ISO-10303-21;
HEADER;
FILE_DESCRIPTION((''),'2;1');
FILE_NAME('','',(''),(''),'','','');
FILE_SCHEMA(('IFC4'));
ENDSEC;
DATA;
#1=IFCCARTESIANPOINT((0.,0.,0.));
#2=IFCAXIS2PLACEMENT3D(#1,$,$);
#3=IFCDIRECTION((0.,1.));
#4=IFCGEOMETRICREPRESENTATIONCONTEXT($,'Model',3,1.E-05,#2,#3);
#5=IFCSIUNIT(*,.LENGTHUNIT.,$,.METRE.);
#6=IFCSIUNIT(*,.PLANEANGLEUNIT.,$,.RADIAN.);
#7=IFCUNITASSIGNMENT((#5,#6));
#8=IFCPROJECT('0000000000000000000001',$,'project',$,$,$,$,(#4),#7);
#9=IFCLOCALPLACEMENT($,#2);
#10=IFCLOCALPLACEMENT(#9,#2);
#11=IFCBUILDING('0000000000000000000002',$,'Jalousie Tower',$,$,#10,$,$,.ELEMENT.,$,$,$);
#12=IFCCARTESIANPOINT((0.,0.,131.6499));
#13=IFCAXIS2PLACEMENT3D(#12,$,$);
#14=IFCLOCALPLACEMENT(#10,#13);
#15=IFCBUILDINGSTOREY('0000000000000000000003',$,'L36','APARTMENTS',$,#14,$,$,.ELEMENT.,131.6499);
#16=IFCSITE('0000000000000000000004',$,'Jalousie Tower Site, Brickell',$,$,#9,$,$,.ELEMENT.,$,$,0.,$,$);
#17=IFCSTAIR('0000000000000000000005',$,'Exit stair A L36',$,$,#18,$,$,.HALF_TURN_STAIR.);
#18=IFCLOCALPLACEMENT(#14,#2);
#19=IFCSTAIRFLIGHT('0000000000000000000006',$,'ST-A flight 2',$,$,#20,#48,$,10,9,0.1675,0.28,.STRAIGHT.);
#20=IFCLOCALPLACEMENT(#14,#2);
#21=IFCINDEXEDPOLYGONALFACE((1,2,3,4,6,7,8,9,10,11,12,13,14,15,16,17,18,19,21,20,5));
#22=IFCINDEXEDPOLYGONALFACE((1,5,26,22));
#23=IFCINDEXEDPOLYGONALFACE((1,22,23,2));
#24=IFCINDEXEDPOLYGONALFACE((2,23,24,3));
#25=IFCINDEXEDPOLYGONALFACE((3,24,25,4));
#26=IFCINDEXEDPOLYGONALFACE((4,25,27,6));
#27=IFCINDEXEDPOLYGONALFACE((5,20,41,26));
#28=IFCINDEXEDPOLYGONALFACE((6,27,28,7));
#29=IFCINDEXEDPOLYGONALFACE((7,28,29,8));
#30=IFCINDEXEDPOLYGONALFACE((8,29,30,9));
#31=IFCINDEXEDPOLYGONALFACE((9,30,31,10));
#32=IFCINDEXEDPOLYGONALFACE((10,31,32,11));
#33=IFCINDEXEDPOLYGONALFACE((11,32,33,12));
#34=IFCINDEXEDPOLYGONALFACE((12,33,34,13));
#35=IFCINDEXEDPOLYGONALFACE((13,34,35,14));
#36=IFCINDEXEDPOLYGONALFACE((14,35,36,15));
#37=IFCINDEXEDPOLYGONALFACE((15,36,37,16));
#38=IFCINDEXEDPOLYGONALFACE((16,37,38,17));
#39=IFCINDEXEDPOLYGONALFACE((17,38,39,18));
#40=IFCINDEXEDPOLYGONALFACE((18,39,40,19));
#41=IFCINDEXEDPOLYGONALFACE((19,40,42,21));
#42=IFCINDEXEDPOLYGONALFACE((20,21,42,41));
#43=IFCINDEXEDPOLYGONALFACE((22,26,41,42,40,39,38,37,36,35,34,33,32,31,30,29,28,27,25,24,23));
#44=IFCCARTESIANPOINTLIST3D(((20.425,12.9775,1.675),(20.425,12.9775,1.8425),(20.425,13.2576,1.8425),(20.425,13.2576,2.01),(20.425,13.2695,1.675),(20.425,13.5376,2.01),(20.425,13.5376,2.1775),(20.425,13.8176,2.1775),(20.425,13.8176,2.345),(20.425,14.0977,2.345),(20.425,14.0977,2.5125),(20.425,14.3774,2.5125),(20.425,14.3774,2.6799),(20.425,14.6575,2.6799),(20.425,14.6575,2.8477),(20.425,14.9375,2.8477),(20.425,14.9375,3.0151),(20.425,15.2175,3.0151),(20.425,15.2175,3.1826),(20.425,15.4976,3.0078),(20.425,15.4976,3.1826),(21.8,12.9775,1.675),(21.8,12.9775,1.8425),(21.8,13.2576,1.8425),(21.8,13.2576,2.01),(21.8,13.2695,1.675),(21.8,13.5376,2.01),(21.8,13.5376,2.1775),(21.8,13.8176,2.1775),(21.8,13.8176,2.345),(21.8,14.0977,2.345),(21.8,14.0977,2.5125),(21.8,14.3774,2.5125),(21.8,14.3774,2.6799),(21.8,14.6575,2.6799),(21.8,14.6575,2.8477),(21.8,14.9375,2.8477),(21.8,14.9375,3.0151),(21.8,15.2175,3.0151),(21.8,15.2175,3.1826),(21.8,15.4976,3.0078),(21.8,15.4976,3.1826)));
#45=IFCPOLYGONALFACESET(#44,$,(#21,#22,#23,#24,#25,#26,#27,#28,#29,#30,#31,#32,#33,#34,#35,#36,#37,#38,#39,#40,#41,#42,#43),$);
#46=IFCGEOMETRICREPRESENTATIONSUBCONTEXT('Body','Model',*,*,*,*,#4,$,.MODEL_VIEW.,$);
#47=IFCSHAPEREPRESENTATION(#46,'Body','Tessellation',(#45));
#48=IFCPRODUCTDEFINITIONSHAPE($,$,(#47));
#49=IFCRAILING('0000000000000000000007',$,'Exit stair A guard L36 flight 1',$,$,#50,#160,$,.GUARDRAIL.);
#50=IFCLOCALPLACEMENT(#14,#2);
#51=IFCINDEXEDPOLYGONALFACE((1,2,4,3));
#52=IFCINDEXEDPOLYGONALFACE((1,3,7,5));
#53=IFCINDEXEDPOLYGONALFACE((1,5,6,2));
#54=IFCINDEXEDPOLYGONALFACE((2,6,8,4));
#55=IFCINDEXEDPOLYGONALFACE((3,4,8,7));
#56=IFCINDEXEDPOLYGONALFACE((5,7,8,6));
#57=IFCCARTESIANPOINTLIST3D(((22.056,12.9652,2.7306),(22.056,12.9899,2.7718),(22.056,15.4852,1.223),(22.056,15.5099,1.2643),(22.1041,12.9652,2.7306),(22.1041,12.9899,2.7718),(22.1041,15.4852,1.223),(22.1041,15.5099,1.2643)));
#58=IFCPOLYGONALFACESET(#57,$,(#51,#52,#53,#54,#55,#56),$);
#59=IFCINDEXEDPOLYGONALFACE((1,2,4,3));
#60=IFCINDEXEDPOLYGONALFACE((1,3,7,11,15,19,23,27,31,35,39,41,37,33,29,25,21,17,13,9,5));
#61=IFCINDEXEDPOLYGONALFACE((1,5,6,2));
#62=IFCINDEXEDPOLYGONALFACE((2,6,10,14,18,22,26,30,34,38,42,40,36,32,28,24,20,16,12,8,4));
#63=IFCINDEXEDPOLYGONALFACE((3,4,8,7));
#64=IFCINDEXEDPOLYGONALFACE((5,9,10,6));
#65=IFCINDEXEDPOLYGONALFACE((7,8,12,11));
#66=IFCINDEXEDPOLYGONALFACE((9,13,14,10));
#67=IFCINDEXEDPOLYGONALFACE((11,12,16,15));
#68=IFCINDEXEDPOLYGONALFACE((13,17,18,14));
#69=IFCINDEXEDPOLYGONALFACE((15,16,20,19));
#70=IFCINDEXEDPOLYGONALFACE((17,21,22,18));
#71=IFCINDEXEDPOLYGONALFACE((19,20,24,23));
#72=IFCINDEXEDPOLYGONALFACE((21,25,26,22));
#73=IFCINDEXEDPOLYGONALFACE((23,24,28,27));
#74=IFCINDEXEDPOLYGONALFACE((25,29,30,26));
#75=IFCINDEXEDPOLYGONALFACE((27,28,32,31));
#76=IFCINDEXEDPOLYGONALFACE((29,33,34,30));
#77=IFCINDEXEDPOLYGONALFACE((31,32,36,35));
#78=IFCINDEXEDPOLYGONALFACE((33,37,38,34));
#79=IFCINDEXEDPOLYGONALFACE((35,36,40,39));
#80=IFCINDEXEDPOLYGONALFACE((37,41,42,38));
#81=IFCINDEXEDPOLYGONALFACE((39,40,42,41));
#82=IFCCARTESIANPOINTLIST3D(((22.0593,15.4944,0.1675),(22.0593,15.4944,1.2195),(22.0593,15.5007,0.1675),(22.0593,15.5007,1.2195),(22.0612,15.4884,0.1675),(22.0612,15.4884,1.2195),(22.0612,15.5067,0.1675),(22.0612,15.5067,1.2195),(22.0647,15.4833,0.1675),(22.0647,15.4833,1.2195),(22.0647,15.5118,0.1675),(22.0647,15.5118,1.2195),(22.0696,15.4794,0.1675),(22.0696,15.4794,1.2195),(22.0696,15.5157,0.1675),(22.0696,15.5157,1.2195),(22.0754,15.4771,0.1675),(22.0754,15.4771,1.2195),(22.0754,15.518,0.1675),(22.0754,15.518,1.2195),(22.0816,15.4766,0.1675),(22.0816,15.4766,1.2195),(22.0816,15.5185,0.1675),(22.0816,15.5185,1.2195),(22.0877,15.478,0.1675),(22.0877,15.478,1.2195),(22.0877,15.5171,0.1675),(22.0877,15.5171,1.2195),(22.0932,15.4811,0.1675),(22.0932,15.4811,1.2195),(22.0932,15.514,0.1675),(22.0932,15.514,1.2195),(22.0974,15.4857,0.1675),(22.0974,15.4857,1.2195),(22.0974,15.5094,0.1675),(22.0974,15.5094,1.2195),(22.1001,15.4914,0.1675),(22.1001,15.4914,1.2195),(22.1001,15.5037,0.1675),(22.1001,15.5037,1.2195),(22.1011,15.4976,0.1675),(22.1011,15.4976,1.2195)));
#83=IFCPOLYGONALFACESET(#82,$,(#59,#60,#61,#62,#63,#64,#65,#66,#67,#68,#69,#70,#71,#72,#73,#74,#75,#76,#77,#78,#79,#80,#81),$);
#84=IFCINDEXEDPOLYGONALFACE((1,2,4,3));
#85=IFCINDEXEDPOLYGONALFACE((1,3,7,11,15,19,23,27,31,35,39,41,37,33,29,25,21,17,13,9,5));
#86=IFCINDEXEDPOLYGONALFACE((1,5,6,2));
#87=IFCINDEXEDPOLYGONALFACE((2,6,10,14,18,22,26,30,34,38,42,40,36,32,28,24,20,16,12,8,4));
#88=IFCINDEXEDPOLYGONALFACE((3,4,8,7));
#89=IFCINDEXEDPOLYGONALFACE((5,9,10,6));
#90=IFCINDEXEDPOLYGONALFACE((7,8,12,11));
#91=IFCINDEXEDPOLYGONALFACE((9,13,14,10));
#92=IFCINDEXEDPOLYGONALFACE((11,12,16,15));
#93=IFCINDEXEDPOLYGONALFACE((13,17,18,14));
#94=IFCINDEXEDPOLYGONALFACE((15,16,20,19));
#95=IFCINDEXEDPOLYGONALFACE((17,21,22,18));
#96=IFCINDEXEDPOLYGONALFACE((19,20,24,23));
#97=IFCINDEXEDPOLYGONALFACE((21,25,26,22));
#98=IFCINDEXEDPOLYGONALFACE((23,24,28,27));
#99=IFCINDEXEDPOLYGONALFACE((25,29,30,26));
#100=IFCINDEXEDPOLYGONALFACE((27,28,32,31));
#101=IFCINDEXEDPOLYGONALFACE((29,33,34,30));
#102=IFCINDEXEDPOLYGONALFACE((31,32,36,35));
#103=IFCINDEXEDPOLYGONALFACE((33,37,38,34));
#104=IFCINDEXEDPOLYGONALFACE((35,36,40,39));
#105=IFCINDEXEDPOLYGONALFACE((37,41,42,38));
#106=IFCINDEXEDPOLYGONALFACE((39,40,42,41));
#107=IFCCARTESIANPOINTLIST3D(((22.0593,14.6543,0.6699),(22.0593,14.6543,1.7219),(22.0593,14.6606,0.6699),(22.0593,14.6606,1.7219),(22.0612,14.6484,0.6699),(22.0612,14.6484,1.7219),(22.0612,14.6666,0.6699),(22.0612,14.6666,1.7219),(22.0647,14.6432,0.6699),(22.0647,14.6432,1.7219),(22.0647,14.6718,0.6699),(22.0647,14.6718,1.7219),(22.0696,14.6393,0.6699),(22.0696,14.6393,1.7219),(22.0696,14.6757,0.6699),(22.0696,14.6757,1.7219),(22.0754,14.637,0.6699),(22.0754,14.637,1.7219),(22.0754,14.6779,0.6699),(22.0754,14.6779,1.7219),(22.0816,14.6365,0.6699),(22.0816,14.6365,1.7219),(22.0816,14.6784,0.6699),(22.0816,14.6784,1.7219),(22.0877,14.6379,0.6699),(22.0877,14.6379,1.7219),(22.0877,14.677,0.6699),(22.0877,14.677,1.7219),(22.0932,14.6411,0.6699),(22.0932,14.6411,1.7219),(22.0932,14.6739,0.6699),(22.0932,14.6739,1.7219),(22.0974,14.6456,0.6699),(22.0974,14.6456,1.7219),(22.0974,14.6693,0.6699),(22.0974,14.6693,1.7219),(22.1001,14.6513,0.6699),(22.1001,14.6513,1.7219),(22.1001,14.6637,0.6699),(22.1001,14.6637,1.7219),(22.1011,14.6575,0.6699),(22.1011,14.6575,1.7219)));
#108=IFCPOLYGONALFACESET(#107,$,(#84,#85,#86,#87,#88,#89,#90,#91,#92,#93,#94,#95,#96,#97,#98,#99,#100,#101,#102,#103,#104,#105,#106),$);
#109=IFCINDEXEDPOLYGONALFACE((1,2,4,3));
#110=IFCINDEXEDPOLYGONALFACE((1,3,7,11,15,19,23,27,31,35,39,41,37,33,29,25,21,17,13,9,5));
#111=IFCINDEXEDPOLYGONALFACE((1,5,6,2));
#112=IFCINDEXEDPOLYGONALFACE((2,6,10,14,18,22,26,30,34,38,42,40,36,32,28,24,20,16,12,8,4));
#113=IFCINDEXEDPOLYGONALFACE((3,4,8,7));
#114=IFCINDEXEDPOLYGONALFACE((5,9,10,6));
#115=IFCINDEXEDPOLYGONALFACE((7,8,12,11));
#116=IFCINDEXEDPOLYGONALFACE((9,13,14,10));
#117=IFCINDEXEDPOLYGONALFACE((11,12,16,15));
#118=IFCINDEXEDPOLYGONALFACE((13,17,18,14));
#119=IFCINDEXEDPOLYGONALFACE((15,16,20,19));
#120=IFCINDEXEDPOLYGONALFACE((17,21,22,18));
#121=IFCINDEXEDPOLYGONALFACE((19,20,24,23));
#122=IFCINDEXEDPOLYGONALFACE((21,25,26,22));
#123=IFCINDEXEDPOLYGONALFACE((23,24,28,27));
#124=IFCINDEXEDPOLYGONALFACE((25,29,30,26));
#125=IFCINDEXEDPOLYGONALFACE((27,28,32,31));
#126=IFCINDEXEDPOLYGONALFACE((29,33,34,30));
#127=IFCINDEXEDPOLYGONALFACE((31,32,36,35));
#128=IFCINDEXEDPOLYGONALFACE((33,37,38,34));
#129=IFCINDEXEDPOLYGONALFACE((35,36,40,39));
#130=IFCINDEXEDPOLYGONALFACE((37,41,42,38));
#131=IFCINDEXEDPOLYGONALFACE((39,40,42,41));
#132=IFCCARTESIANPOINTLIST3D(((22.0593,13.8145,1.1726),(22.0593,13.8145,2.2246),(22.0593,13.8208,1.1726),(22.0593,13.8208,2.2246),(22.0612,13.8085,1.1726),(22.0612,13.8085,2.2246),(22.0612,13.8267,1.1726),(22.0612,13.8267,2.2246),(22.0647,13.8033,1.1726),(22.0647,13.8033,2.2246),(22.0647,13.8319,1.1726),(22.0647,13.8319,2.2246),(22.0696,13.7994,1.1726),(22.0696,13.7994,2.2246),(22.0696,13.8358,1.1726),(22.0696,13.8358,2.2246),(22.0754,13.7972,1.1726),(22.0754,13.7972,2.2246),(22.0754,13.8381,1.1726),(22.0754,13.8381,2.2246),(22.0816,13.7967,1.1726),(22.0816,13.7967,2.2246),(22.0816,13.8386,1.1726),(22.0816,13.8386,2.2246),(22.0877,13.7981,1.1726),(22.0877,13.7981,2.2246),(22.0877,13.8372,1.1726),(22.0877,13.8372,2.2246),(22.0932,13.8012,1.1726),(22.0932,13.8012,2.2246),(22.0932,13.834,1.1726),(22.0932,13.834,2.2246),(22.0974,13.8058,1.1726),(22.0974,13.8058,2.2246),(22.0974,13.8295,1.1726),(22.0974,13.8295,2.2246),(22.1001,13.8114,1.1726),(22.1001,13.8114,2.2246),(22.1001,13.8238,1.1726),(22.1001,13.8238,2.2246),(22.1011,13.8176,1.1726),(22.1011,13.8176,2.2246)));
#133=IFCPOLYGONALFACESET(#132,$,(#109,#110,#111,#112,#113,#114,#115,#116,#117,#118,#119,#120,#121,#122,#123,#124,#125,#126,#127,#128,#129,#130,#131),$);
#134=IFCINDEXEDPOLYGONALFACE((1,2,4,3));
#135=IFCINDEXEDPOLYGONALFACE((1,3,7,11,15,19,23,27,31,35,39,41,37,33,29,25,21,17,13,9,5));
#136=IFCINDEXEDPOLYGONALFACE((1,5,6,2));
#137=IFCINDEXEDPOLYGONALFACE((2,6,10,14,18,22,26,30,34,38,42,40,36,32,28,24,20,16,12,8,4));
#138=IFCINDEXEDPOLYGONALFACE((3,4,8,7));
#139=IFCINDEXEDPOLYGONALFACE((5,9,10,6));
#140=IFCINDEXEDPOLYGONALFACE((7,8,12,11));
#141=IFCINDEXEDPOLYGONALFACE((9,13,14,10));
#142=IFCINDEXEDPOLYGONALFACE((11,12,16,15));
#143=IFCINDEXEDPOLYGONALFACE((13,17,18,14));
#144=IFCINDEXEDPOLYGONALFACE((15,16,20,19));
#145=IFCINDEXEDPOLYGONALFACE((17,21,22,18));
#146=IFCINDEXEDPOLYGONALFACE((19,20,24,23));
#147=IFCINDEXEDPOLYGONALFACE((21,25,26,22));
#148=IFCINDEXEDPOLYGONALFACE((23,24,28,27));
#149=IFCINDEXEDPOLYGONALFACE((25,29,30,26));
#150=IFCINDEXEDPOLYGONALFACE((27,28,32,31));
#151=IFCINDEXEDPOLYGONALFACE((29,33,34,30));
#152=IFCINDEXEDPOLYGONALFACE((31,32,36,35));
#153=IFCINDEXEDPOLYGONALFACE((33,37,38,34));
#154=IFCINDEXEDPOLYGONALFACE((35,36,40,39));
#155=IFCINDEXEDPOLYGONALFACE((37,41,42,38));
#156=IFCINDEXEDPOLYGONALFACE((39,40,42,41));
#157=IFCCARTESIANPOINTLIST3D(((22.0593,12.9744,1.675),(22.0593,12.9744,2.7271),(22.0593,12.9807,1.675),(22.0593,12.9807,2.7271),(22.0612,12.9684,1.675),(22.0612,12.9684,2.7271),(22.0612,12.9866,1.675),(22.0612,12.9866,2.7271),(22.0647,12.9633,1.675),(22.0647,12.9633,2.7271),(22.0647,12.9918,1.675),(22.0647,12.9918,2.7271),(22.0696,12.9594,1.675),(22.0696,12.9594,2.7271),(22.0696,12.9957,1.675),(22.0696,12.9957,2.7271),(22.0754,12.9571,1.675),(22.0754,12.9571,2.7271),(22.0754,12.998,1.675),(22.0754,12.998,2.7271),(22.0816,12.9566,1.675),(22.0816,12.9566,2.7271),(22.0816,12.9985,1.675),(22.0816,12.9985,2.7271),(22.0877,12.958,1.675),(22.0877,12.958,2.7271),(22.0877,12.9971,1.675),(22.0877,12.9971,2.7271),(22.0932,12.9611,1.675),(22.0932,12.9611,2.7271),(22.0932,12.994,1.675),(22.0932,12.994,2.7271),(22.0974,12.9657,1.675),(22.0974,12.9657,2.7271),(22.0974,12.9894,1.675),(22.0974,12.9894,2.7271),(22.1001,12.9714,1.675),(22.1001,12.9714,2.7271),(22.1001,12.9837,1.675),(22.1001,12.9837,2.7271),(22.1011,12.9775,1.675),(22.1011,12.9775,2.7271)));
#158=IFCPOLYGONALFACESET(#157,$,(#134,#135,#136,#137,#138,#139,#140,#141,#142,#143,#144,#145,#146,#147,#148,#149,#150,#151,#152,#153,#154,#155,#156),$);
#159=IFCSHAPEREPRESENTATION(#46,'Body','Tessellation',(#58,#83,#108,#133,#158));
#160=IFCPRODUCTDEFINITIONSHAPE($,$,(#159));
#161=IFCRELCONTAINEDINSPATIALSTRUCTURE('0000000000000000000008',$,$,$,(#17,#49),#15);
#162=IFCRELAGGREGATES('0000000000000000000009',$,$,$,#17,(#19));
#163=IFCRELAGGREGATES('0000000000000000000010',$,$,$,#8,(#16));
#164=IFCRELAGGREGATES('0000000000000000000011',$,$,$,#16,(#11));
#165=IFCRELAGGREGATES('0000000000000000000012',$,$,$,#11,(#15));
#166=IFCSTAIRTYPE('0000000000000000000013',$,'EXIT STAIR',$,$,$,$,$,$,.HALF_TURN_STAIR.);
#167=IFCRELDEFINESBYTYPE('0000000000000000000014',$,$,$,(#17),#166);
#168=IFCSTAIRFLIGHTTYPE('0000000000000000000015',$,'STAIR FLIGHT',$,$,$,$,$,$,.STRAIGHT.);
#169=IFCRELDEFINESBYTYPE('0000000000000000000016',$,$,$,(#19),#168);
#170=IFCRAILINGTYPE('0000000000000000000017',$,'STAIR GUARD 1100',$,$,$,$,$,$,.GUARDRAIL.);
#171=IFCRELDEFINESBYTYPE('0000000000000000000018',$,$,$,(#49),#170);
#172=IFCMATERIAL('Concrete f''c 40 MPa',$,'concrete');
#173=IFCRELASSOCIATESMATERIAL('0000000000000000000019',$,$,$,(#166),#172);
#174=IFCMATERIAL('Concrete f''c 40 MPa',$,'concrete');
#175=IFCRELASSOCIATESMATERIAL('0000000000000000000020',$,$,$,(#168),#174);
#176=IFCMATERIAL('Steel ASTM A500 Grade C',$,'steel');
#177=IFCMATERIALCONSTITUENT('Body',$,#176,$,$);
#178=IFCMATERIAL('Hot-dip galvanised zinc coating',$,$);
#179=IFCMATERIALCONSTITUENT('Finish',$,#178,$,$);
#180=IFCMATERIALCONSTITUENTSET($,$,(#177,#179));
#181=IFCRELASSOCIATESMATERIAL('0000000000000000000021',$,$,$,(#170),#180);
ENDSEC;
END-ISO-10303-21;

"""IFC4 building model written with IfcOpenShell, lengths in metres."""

from ifc_helpers import new_model, si_unit, direction, frame, origin, origin_2d, place, context, subcontext, project, spatial, polyline, rectangle, circle, outline, extrude, material, constituent, constituent_set, type_object, element, aggregate, save


model = new_model("IFC4")

# Units and contexts
model_context = context("Model", 3, precision=1e-05, world=origin(), true_north=direction((0.0, 1.0)))
body_context = subcontext(model_context, "Body", "Model", "MODEL_VIEW")
ifc_project = project(units=[si_unit("LENGTHUNIT", "METRE"), si_unit("PLANEANGLEUNIT", "RADIAN")], contexts=[model_context])

# Site, building, storey
site_placement = place(None, origin())
site = spatial("IfcSite", under=ifc_project, at=site_placement, Name="Jalousie Tower Site, Brickell", CompositionType="ELEMENT", RefElevation=0.0)
building_placement = place(site_placement, origin())
building = spatial("IfcBuilding", under=site, at=building_placement, Name="Jalousie Tower", CompositionType="ELEMENT")
storey_placement = place(building_placement, frame((0.0, 0.0, 131.6499)))
storey = spatial("IfcBuildingStorey", under=building, at=storey_placement, Name="L36", Description="APARTMENTS", CompositionType="ELEMENT", Elevation=131.6499)

# Stair, stair flight
ifc_material_1 = material(Name="Concrete f'c 40 MPa", Category="concrete")
stair_type = type_object("IfcStairType", Name="EXIT STAIR", PredefinedType="HALF_TURN_STAIR", material=ifc_material_1)
stair_placement = place(storey_placement, origin())
stair = element("IfcStair", 1, at=stair_placement, inside=storey, type_object=stair_type, Name="Exit stair A L36", PredefinedType="HALF_TURN_STAIR")
ifc_material_2 = material(Name="Concrete f'c 40 MPa", Category="concrete")
stair_flight_type = type_object("IfcStairFlightType", Name="STAIR FLIGHT", PredefinedType="STRAIGHT", material=ifc_material_2)
stair_flight_1_placement = place(storey_placement, frame((21.1125, 12.9775, 1.675), z_axis=(0.0, 0.0, 1.0), x_axis=(0.0, 1.0, 0.0)))
stair_flight_1 = element("IfcStairFlight", 2, at=stair_flight_1_placement, type_object=stair_flight_type, Name="ST-A flight 2", NumberOfRisers=10, NumberOfTreads=9, PredefinedType="STRAIGHT", RiserHeight=0.1675, TreadLength=0.28, context=body_context, shape_type="SweptSolid", body=[
    extrude(outline(polyline([(0.0, 0.0), (0.0, 0.1675), (0.28, 0.1675), (0.28, 0.335), (0.5601, 0.335), (0.5601, 0.5024), (0.8401, 0.5024), (0.8401, 0.6699), (1.1201, 0.6699), (1.1201, 0.8374), (1.3999, 0.8374), (1.3999, 1.0049), (1.6799, 1.0049), (1.6799, 1.1726), (1.96, 1.1726), (1.96, 1.3401), (2.24, 1.3401), (2.24, 1.5076), (2.52, 1.5076), (2.52, 1.675), (2.52, 1.3328), (0.292, 0.0), (0.0, 0.0)])), frame((0.0, 0.6875, 0.0), z_axis=(0.0, -1.0, 0.0), x_axis=(1.0, 0.0, 0.0)), (0.0, 0.0, 1.0), 1.375),
])
aggregate(stair, [stair_flight_1])

# Railing
ifc_material_3 = material(Name="Steel ASTM A500 Grade C", Category="steel")
ifc_constituent_1 = constituent(ifc_material_3, Name="Body")
ifc_material_4 = material(Name="Hot-dip galvanised zinc coating")
ifc_constituent_2 = constituent(ifc_material_4, Name="Finish")
ifc_constituent_set_1 = constituent_set(constituents=[ifc_constituent_1, ifc_constituent_2])
railing_type_1 = type_object("IfcRailingType", Name="STAIR GUARD 1100", PredefinedType="GUARDRAIL", material=ifc_constituent_set_1)
railing_1_placement = place(storey_placement, frame((22.0801, 15.4976, 0.1675)))
element("IfcRailing", 3, at=railing_1_placement, inside=storey, type_object=railing_type_1, Name="Exit stair A guard L36 flight 1", PredefinedType="GUARDRAIL", context=body_context, shape_type="SweptSolid", body=[
    extrude(rectangle(XDim=0.0481, YDim=0.0481, at=origin_2d()), frame((0.0, 0.0, 1.0762), z_axis=(0.0, -0.85816, 0.513383), x_axis=(1.0, 0.0, 0.0)), (0.0, 0.0, 1.0), 2.9365),
    extrude(circle(Radius=0.021, at=origin_2d()), origin(), (0.0, 0.0, 1.0), 1.052),
    extrude(circle(Radius=0.021, at=origin_2d()), frame((0.0, -0.8401, 0.5024)), (0.0, 0.0, 1.0), 1.052),
    extrude(circle(Radius=0.021, at=origin_2d()), frame((0.0, -1.6799, 1.0051)), (0.0, 0.0, 1.0), 1.052),
    extrude(circle(Radius=0.021, at=origin_2d()), frame((0.0, -2.52, 1.5076)), (0.0, 0.0, 1.0), 1.052),
])

save(model, "model.ifc")
